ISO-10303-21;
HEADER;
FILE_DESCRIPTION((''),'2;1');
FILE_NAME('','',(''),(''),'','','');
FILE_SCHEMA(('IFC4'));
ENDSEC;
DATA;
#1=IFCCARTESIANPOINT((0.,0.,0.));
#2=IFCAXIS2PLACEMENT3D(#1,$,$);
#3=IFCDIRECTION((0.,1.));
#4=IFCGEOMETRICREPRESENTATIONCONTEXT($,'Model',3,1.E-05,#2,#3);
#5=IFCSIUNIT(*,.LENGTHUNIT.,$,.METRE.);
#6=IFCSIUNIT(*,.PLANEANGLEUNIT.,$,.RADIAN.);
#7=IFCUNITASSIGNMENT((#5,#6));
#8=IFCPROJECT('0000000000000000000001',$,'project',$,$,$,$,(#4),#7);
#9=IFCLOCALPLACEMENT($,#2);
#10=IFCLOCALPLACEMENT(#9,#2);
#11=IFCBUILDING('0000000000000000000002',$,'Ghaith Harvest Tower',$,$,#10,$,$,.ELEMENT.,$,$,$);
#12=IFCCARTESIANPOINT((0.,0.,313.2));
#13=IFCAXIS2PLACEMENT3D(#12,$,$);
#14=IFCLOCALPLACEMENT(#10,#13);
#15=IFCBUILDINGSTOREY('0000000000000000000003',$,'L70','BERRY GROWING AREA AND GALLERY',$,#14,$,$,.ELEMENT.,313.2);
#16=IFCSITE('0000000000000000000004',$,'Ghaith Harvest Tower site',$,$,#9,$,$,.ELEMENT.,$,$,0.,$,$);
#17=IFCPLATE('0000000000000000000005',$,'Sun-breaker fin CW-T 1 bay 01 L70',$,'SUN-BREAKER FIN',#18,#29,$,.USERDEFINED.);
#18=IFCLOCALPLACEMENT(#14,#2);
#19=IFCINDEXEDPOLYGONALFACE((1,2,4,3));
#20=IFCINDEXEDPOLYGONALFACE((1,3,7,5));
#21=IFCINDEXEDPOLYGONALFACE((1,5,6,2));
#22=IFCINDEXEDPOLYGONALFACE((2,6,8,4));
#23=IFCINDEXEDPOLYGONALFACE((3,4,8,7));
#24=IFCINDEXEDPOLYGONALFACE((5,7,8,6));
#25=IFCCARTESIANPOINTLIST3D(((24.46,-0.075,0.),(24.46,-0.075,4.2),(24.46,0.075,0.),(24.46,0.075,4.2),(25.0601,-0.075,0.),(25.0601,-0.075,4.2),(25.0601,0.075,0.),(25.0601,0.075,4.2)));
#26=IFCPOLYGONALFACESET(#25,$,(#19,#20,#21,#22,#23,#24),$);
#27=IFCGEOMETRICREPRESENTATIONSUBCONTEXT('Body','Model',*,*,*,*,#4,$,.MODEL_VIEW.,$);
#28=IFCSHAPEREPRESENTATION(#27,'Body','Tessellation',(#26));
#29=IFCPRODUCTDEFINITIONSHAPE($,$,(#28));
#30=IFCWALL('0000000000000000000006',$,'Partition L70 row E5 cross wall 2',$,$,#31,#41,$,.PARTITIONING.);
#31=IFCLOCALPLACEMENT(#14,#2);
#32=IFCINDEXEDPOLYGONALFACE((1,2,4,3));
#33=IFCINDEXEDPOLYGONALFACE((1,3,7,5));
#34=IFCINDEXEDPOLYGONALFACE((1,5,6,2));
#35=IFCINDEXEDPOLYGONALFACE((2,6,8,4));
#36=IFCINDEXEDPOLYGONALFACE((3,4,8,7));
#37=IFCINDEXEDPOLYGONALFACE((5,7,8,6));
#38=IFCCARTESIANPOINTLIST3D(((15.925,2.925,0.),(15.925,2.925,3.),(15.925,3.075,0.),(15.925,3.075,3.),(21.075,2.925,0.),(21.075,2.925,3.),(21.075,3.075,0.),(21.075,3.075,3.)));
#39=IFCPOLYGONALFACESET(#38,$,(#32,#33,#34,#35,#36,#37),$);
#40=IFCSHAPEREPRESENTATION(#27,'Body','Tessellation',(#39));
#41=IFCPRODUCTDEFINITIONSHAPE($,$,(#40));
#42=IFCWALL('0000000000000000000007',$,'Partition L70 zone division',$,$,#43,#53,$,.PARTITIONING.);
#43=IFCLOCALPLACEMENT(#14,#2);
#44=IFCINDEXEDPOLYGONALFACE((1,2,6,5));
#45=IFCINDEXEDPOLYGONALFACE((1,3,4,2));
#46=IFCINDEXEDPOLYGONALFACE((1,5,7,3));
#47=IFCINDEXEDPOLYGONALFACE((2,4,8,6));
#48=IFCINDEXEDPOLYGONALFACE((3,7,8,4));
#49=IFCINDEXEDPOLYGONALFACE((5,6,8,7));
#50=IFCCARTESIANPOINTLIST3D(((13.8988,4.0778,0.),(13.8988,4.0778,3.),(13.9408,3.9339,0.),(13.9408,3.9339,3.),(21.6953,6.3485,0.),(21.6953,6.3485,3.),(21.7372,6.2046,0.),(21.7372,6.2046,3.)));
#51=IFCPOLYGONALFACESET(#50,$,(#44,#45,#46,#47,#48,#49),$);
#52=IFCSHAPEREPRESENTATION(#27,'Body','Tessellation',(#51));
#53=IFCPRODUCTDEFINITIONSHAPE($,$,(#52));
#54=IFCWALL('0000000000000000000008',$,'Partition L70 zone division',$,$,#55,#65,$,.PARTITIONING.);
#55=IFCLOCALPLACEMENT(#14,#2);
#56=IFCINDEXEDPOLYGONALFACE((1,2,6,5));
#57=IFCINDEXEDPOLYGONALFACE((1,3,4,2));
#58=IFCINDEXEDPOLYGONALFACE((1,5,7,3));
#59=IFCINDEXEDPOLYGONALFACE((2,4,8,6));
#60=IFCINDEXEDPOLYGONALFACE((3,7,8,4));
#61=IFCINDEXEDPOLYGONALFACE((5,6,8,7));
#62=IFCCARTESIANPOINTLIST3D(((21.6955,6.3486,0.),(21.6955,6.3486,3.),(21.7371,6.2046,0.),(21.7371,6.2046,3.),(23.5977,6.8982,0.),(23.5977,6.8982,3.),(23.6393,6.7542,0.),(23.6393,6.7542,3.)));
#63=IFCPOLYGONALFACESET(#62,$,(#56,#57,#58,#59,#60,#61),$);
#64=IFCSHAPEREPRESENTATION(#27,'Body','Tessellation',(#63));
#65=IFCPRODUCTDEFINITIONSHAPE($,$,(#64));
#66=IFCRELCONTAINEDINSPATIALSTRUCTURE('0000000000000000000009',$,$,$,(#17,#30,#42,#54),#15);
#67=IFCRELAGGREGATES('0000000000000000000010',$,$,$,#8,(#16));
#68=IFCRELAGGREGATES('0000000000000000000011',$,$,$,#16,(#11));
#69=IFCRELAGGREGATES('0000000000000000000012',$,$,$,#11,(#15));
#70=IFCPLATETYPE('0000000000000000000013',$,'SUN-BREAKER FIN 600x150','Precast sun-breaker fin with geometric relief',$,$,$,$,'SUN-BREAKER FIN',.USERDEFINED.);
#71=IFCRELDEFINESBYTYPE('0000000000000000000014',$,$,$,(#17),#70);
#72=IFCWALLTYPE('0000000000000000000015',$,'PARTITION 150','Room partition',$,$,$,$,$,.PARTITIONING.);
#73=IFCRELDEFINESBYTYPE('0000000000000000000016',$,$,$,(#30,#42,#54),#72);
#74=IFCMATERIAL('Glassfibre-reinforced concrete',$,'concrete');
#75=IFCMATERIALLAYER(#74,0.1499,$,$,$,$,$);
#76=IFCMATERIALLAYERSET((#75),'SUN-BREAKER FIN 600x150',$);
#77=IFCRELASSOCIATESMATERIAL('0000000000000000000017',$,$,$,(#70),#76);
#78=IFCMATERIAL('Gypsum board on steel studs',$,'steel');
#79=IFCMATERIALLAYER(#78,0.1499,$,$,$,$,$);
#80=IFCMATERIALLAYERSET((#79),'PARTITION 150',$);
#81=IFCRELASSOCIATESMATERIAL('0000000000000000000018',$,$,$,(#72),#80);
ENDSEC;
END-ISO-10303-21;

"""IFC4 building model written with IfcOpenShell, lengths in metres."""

from ifc_helpers import new_model, si_unit, direction, frame, frame_2d, origin, origin_2d, place, context, subcontext, project, spatial, rectangle, extrude, material, layer, layer_set, type_object, element, save


model = new_model("IFC4")

# Units and contexts
model_context = context("Model", 3, precision=1e-05, world=origin(), true_north=direction((0.0, 1.0)))
body_context = subcontext(model_context, "Body", "Model", "MODEL_VIEW")
ifc_project = project(units=[si_unit("LENGTHUNIT", "METRE"), si_unit("PLANEANGLEUNIT", "RADIAN")], contexts=[model_context])

# Site, building, storey
site_placement = place(None, origin())
site = spatial("IfcSite", under=ifc_project, at=site_placement, Name="Ghaith Harvest Tower site", CompositionType="ELEMENT", RefElevation=0.0)
building_placement = place(site_placement, origin())
building = spatial("IfcBuilding", under=site, at=building_placement, Name="Ghaith Harvest Tower", CompositionType="ELEMENT")
storey_placement = place(building_placement, frame((0.0, 0.0, 313.2)))
storey = spatial("IfcBuildingStorey", under=building, at=storey_placement, Name="L70", Description="BERRY GROWING AREA AND GALLERY", CompositionType="ELEMENT", Elevation=313.2)

# Plate
ifc_material_1 = material(Name="Glassfibre-reinforced concrete", Category="concrete")
ifc_layer_1 = layer(ifc_material_1, 0.1499)
ifc_layer_set_1 = layer_set([ifc_layer_1], Name="SUN-BREAKER FIN 600x150")
plate_type_1 = type_object("IfcPlateType", Name="SUN-BREAKER FIN 600x150", Description="Precast sun-breaker fin with geometric relief", ElementType="SUN-BREAKER FIN", PredefinedType="USERDEFINED", material=ifc_layer_set_1)
plate_1_placement = place(storey_placement, frame((24.76, 0.0, 0.0), z_axis=(0.0, 0.0, 1.0), x_axis=(1.0, 0.0, 0.0)))
element("IfcPlate", 1, at=plate_1_placement, inside=storey, type_object=plate_type_1, Name="Sun-breaker fin CW-T 1 bay 01 L70", ObjectType="SUN-BREAKER FIN", PredefinedType="USERDEFINED", context=body_context, shape_type="SweptSolid", body=[
    extrude(rectangle(XDim=0.6001, YDim=0.1499, at=origin_2d()), origin(), (0.0, 0.0, 1.0), 4.2),
])

# Walls
ifc_material_2 = material(Name="Gypsum board on steel studs", Category="steel")
ifc_layer_2 = layer(ifc_material_2, 0.1499)
ifc_layer_set_2 = layer_set([ifc_layer_2], Name="PARTITION 150")
wall_type = type_object("IfcWallType", Name="PARTITION 150", Description="Room partition", PredefinedType="PARTITIONING", material=ifc_layer_set_2)
wall_1_placement = place(storey_placement, frame((15.925, 3.0, 0.0), z_axis=(0.0, 0.0, 1.0), x_axis=(1.0, 0.0, 0.0)))
element("IfcWall", 2, at=wall_1_placement, inside=storey, type_object=wall_type, Name="Partition L70 row E5 cross wall 2", PredefinedType="PARTITIONING", context=body_context, shape_type="SweptSolid", body=[
    extrude(rectangle(XDim=5.1499, YDim=0.1499, at=frame_2d((2.575, 0.0))), origin(), (0.0, 0.0, 1.0), 3.0),
])
wall_2_placement = place(storey_placement, frame((13.9199, 4.0059, 0.0), z_axis=(0.0, 0.0, 1.0), x_axis=(0.960106, 0.279637, 0.0)))
element("IfcWall", 3, at=wall_2_placement, inside=storey, type_object=wall_type, Name="Partition L70 zone division", PredefinedType="PARTITIONING", context=body_context, shape_type="SweptSolid", body=[
    extrude(rectangle(XDim=8.1204, YDim=0.1499, at=frame_2d((4.0601, 0.0))), origin(), (0.0, 0.0, 1.0), 3.0),
])
wall_3_placement = place(storey_placement, frame((21.7163, 6.2766, 0.0), z_axis=(0.0, 0.0, 1.0), x_axis=(0.960705, 0.27757, 0.0)))
element("IfcWall", 4, at=wall_3_placement, inside=storey, type_object=wall_type, Name="Partition L70 zone division", PredefinedType="PARTITIONING", context=body_context, shape_type="SweptSolid", body=[
    extrude(rectangle(XDim=1.98, YDim=0.1499, at=frame_2d((0.99, 0.0))), origin(), (0.0, 0.0, 1.0), 3.0),
])

save(model, "model.ifc")
